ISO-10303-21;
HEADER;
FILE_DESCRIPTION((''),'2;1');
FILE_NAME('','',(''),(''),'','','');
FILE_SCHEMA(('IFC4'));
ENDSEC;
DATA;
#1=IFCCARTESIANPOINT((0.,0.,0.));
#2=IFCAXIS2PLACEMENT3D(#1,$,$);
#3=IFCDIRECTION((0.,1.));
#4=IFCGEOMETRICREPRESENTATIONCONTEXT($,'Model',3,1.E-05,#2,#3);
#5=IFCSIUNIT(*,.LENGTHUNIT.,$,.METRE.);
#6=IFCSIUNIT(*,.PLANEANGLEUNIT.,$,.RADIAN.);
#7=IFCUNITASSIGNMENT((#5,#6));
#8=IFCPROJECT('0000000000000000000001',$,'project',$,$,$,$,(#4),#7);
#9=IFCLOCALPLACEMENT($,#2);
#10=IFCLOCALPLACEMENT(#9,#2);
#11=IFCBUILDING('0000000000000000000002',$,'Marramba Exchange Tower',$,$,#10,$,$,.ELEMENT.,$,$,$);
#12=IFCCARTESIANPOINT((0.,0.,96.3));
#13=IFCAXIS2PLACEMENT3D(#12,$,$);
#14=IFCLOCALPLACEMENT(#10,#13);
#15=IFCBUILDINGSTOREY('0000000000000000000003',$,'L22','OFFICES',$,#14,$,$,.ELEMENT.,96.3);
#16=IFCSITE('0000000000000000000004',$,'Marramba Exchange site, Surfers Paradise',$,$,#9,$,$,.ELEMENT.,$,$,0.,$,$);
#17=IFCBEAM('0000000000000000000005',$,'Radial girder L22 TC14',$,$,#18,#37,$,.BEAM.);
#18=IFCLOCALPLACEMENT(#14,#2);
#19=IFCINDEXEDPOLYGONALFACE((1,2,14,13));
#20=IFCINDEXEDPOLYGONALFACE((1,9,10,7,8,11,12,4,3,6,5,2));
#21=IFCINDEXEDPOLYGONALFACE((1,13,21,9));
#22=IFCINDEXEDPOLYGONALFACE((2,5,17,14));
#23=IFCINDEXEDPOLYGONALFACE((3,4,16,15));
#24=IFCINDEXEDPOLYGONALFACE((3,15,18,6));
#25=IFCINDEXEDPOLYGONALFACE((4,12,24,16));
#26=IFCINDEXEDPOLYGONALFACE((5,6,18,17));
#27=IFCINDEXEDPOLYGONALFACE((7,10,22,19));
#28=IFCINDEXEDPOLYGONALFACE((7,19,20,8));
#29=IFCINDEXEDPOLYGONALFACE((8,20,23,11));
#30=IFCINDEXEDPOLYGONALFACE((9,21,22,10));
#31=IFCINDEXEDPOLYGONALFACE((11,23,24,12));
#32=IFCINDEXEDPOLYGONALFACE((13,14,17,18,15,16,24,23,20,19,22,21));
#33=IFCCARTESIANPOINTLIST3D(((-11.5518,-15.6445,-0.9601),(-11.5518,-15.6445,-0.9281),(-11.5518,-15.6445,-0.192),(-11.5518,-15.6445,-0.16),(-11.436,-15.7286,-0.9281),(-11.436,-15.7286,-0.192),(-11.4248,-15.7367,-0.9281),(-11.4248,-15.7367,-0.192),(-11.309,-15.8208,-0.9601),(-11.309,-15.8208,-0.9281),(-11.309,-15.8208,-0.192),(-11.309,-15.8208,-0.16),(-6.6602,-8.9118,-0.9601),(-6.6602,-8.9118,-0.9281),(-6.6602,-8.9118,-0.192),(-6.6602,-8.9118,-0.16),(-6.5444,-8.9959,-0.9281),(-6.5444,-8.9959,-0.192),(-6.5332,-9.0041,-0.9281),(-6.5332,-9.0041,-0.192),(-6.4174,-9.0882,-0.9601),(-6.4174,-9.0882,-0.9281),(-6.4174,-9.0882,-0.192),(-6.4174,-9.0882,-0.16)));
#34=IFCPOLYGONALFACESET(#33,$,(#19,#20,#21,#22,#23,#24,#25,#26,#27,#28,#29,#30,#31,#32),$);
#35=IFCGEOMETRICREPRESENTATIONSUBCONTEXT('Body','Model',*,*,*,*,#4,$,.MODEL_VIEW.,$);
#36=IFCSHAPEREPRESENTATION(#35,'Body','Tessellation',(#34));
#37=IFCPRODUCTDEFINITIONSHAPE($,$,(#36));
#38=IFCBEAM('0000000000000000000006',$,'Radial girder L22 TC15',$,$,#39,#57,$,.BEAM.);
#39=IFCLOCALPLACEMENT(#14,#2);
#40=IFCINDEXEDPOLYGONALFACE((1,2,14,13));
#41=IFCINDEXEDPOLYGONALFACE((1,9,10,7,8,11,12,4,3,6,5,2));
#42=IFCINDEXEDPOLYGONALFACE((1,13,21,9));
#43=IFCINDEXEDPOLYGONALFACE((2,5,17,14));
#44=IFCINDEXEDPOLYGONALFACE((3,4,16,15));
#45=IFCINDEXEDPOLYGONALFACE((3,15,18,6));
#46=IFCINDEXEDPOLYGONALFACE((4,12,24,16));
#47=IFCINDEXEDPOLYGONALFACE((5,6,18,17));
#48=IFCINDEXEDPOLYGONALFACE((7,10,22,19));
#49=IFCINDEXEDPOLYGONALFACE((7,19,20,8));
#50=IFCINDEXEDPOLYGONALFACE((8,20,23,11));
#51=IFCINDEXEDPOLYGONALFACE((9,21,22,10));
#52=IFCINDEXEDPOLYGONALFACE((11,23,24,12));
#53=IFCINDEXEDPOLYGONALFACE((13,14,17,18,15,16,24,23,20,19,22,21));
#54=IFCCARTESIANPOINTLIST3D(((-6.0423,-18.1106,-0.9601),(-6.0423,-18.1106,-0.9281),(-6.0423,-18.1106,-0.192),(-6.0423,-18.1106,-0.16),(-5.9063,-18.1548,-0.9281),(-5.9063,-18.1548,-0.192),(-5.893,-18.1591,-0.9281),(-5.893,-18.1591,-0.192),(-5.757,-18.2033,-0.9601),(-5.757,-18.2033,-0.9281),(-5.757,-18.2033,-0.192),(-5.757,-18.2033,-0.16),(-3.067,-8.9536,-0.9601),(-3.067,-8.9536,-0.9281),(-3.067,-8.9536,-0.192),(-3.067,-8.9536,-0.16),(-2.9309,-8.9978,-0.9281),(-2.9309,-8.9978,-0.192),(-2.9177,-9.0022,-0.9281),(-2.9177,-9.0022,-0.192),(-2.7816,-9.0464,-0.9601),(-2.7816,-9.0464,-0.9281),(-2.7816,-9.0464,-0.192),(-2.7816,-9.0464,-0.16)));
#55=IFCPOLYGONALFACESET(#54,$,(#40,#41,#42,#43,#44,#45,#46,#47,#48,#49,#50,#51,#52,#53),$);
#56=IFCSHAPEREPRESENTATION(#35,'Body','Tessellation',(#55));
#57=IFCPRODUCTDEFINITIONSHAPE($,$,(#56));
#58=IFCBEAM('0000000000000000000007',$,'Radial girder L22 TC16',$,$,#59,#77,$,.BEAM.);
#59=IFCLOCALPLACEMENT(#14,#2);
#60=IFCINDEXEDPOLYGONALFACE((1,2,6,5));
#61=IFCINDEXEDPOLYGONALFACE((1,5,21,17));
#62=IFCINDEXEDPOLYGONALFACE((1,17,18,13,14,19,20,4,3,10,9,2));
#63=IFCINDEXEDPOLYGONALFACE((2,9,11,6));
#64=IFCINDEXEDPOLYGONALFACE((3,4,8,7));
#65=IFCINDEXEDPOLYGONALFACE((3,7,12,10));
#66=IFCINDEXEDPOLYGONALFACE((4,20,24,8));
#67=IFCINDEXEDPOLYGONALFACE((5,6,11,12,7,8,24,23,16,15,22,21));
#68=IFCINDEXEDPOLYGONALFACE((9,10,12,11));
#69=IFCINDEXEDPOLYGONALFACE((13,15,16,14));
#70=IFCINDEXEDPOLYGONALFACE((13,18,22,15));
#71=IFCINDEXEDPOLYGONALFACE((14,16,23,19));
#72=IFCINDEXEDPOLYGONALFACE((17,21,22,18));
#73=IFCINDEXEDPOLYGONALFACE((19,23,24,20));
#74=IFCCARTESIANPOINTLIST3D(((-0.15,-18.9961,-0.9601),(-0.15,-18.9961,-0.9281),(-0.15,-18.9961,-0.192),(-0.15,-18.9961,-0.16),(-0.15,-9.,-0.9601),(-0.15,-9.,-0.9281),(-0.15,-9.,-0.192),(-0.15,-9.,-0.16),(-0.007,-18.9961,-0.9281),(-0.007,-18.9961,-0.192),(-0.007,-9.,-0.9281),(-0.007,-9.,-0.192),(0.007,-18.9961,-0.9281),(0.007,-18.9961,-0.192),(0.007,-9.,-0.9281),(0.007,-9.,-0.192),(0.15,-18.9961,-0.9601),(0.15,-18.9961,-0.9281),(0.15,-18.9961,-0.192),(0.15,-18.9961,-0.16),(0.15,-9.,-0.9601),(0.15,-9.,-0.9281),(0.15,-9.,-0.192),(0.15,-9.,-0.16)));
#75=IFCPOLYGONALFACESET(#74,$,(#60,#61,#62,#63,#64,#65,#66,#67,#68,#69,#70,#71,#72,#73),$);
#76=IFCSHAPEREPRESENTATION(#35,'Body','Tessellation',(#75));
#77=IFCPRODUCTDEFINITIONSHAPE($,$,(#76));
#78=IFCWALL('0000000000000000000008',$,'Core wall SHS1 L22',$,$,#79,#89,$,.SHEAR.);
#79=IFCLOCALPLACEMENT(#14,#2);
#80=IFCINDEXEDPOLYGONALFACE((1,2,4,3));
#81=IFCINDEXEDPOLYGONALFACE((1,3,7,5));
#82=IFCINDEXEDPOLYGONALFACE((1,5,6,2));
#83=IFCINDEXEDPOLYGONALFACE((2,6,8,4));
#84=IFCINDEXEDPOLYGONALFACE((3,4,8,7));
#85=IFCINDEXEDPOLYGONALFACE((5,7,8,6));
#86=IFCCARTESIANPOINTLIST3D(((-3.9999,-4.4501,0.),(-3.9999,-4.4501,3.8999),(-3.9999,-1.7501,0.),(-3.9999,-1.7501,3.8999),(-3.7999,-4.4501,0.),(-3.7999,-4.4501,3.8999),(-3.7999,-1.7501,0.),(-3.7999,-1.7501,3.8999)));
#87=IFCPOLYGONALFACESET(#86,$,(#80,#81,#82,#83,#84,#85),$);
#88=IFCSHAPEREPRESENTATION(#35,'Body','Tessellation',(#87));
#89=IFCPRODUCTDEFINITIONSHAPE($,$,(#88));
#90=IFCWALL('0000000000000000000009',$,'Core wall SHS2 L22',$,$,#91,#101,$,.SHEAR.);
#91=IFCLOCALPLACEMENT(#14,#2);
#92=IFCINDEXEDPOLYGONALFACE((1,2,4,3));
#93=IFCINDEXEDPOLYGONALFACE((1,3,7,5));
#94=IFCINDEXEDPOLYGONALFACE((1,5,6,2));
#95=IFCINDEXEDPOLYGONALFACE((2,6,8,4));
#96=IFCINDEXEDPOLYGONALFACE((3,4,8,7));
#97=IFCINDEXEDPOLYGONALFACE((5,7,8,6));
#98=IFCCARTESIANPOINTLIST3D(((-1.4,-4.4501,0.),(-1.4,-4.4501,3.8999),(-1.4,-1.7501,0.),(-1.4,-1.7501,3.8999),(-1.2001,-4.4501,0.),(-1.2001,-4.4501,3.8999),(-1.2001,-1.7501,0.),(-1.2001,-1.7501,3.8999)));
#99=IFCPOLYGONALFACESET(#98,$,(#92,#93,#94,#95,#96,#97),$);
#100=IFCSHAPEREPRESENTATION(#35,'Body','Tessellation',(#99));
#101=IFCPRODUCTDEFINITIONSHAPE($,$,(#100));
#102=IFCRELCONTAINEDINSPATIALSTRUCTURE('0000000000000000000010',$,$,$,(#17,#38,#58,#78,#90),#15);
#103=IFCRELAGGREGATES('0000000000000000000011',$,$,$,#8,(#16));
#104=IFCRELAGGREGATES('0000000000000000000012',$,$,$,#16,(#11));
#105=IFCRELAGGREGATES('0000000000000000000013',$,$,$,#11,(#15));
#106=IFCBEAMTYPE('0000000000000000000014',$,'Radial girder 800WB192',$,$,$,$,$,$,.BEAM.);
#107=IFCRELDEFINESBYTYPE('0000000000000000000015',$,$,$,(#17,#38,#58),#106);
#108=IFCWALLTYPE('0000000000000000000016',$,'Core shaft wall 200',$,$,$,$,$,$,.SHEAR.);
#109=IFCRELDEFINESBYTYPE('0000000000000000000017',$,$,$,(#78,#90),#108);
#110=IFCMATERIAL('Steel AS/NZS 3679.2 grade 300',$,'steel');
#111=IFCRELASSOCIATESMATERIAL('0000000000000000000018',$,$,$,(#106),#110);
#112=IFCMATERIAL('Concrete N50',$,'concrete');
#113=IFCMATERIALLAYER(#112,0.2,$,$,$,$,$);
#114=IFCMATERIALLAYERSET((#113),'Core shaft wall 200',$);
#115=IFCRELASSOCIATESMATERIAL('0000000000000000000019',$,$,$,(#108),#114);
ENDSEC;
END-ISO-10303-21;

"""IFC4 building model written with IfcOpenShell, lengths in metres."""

from ifc_helpers import new_model, si_unit, direction, frame, frame_2d, origin, origin_2d, place, context, subcontext, project, spatial, rectangle, i_section, extrude, material, layer, layer_set, material_profile, profile_set, type_object, element, save


model = new_model("IFC4")

# Units and contexts
model_context = context("Model", 3, precision=1e-05, world=origin(), true_north=direction((0.0, 1.0)))
body_context = subcontext(model_context, "Body", "Model", "MODEL_VIEW")
ifc_project = project(units=[si_unit("LENGTHUNIT", "METRE"), si_unit("PLANEANGLEUNIT", "RADIAN")], contexts=[model_context])

# Site, building, storey
site_placement = place(None, origin())
site = spatial("IfcSite", under=ifc_project, at=site_placement, Name="Marramba Exchange site, Surfers Paradise", CompositionType="ELEMENT", RefElevation=0.0)
building_placement = place(site_placement, origin())
building = spatial("IfcBuilding", under=site, at=building_placement, Name="Marramba Exchange Tower", CompositionType="ELEMENT")
storey_placement = place(building_placement, frame((0.0, 0.0, 96.3)))
storey = spatial("IfcBuildingStorey", under=building, at=storey_placement, Name="L22", Description="OFFICES", CompositionType="ELEMENT", Elevation=96.3)

# Beams
ifc_material_1 = material(Name="Steel AS/NZS 3679.2 grade 300", Category="steel")
ifc_material_profile = material_profile(ifc_material_1, i_section(OverallWidth=0.3, OverallDepth=0.8, WebThickness=0.0139, FlangeThickness=0.032, at=origin_2d()), Name="800WB192")
ifc_profile_set = profile_set([ifc_material_profile], Name="Steel AS/NZS 3679.2 grade 300")
beam_type = type_object("IfcBeamType", Name="Radial girder 800WB192", PredefinedType="BEAM", material=ifc_profile_set)
beam_1_placement = place(storey_placement, frame((-6.5388, -9.0, -0.5601), z_axis=(-0.587788, -0.809015, 0.0), x_axis=(0.809015, -0.587788, 0.0)))
element("IfcBeam", 1, at=beam_1_placement, inside=storey, type_object=beam_type, Name="Radial girder L22 TC14", PredefinedType="BEAM", context=body_context, shape_type="SweptSolid", body=[
    extrude(i_section(OverallWidth=0.3, OverallDepth=0.8, WebThickness=0.0139, FlangeThickness=0.032, at=origin_2d()), origin(), (0.0, 0.0, 1.0), 8.322),
])
beam_2_placement = place(storey_placement, frame((-2.9243, -9.0, -0.5601), z_axis=(-0.309022, -0.951055, 0.0), x_axis=(0.951055, -0.309022, 0.0)))
element("IfcBeam", 2, at=beam_2_placement, inside=storey, type_object=beam_type, Name="Radial girder L22 TC15", PredefinedType="BEAM", context=body_context, shape_type="SweptSolid", body=[
    extrude(i_section(OverallWidth=0.3, OverallDepth=0.8, WebThickness=0.0139, FlangeThickness=0.032, at=origin_2d()), origin(), (0.0, 0.0, 1.0), 9.6282),
])
beam_3_placement = place(storey_placement, frame((0.0, -9.0, -0.5601), z_axis=(0.0, -1.0, 0.0), x_axis=(1.0, 0.0, 0.0)))
element("IfcBeam", 3, at=beam_3_placement, inside=storey, type_object=beam_type, Name="Radial girder L22 TC16", PredefinedType="BEAM", context=body_context, shape_type="SweptSolid", body=[
    extrude(i_section(OverallWidth=0.3, OverallDepth=0.8, WebThickness=0.0139, FlangeThickness=0.032, at=origin_2d()), origin(), (0.0, 0.0, 1.0), 9.9961),
])

# Walls
ifc_material_2 = material(Name="Concrete N50", Category="concrete")
ifc_layer_1 = layer(ifc_material_2, 0.2)
ifc_layer_set_1 = layer_set([ifc_layer_1], Name="Core shaft wall 200")
wall_type_1 = type_object("IfcWallType", Name="Core shaft wall 200", PredefinedType="SHEAR", material=ifc_layer_set_1)
for number, where, z_axis, x_axis, name in (
    (4, (-3.8999, -1.75, 0.0), (0.0, 0.0, 1.0), (0.0, -1.0, 0.0), "Core wall SHS1 L22"),
    (5, (-1.3, -1.75, 0.0), (0.0, 0.0, 1.0), (0.0, -1.0, 0.0), "Core wall SHS2 L22"),
):
    element("IfcWall", number, at=place(storey_placement, frame(where, z_axis=z_axis, x_axis=x_axis)), inside=storey, type_object=wall_type_1, Name=name, PredefinedType="SHEAR", context=body_context, shape_type="SweptSolid", body=[
        extrude(rectangle(XDim=2.7, YDim=0.2, at=frame_2d((1.3501, 0.0))), origin(), (0.0, 0.0, 1.0), 3.8999),
    ])

save(model, "model.ifc")
